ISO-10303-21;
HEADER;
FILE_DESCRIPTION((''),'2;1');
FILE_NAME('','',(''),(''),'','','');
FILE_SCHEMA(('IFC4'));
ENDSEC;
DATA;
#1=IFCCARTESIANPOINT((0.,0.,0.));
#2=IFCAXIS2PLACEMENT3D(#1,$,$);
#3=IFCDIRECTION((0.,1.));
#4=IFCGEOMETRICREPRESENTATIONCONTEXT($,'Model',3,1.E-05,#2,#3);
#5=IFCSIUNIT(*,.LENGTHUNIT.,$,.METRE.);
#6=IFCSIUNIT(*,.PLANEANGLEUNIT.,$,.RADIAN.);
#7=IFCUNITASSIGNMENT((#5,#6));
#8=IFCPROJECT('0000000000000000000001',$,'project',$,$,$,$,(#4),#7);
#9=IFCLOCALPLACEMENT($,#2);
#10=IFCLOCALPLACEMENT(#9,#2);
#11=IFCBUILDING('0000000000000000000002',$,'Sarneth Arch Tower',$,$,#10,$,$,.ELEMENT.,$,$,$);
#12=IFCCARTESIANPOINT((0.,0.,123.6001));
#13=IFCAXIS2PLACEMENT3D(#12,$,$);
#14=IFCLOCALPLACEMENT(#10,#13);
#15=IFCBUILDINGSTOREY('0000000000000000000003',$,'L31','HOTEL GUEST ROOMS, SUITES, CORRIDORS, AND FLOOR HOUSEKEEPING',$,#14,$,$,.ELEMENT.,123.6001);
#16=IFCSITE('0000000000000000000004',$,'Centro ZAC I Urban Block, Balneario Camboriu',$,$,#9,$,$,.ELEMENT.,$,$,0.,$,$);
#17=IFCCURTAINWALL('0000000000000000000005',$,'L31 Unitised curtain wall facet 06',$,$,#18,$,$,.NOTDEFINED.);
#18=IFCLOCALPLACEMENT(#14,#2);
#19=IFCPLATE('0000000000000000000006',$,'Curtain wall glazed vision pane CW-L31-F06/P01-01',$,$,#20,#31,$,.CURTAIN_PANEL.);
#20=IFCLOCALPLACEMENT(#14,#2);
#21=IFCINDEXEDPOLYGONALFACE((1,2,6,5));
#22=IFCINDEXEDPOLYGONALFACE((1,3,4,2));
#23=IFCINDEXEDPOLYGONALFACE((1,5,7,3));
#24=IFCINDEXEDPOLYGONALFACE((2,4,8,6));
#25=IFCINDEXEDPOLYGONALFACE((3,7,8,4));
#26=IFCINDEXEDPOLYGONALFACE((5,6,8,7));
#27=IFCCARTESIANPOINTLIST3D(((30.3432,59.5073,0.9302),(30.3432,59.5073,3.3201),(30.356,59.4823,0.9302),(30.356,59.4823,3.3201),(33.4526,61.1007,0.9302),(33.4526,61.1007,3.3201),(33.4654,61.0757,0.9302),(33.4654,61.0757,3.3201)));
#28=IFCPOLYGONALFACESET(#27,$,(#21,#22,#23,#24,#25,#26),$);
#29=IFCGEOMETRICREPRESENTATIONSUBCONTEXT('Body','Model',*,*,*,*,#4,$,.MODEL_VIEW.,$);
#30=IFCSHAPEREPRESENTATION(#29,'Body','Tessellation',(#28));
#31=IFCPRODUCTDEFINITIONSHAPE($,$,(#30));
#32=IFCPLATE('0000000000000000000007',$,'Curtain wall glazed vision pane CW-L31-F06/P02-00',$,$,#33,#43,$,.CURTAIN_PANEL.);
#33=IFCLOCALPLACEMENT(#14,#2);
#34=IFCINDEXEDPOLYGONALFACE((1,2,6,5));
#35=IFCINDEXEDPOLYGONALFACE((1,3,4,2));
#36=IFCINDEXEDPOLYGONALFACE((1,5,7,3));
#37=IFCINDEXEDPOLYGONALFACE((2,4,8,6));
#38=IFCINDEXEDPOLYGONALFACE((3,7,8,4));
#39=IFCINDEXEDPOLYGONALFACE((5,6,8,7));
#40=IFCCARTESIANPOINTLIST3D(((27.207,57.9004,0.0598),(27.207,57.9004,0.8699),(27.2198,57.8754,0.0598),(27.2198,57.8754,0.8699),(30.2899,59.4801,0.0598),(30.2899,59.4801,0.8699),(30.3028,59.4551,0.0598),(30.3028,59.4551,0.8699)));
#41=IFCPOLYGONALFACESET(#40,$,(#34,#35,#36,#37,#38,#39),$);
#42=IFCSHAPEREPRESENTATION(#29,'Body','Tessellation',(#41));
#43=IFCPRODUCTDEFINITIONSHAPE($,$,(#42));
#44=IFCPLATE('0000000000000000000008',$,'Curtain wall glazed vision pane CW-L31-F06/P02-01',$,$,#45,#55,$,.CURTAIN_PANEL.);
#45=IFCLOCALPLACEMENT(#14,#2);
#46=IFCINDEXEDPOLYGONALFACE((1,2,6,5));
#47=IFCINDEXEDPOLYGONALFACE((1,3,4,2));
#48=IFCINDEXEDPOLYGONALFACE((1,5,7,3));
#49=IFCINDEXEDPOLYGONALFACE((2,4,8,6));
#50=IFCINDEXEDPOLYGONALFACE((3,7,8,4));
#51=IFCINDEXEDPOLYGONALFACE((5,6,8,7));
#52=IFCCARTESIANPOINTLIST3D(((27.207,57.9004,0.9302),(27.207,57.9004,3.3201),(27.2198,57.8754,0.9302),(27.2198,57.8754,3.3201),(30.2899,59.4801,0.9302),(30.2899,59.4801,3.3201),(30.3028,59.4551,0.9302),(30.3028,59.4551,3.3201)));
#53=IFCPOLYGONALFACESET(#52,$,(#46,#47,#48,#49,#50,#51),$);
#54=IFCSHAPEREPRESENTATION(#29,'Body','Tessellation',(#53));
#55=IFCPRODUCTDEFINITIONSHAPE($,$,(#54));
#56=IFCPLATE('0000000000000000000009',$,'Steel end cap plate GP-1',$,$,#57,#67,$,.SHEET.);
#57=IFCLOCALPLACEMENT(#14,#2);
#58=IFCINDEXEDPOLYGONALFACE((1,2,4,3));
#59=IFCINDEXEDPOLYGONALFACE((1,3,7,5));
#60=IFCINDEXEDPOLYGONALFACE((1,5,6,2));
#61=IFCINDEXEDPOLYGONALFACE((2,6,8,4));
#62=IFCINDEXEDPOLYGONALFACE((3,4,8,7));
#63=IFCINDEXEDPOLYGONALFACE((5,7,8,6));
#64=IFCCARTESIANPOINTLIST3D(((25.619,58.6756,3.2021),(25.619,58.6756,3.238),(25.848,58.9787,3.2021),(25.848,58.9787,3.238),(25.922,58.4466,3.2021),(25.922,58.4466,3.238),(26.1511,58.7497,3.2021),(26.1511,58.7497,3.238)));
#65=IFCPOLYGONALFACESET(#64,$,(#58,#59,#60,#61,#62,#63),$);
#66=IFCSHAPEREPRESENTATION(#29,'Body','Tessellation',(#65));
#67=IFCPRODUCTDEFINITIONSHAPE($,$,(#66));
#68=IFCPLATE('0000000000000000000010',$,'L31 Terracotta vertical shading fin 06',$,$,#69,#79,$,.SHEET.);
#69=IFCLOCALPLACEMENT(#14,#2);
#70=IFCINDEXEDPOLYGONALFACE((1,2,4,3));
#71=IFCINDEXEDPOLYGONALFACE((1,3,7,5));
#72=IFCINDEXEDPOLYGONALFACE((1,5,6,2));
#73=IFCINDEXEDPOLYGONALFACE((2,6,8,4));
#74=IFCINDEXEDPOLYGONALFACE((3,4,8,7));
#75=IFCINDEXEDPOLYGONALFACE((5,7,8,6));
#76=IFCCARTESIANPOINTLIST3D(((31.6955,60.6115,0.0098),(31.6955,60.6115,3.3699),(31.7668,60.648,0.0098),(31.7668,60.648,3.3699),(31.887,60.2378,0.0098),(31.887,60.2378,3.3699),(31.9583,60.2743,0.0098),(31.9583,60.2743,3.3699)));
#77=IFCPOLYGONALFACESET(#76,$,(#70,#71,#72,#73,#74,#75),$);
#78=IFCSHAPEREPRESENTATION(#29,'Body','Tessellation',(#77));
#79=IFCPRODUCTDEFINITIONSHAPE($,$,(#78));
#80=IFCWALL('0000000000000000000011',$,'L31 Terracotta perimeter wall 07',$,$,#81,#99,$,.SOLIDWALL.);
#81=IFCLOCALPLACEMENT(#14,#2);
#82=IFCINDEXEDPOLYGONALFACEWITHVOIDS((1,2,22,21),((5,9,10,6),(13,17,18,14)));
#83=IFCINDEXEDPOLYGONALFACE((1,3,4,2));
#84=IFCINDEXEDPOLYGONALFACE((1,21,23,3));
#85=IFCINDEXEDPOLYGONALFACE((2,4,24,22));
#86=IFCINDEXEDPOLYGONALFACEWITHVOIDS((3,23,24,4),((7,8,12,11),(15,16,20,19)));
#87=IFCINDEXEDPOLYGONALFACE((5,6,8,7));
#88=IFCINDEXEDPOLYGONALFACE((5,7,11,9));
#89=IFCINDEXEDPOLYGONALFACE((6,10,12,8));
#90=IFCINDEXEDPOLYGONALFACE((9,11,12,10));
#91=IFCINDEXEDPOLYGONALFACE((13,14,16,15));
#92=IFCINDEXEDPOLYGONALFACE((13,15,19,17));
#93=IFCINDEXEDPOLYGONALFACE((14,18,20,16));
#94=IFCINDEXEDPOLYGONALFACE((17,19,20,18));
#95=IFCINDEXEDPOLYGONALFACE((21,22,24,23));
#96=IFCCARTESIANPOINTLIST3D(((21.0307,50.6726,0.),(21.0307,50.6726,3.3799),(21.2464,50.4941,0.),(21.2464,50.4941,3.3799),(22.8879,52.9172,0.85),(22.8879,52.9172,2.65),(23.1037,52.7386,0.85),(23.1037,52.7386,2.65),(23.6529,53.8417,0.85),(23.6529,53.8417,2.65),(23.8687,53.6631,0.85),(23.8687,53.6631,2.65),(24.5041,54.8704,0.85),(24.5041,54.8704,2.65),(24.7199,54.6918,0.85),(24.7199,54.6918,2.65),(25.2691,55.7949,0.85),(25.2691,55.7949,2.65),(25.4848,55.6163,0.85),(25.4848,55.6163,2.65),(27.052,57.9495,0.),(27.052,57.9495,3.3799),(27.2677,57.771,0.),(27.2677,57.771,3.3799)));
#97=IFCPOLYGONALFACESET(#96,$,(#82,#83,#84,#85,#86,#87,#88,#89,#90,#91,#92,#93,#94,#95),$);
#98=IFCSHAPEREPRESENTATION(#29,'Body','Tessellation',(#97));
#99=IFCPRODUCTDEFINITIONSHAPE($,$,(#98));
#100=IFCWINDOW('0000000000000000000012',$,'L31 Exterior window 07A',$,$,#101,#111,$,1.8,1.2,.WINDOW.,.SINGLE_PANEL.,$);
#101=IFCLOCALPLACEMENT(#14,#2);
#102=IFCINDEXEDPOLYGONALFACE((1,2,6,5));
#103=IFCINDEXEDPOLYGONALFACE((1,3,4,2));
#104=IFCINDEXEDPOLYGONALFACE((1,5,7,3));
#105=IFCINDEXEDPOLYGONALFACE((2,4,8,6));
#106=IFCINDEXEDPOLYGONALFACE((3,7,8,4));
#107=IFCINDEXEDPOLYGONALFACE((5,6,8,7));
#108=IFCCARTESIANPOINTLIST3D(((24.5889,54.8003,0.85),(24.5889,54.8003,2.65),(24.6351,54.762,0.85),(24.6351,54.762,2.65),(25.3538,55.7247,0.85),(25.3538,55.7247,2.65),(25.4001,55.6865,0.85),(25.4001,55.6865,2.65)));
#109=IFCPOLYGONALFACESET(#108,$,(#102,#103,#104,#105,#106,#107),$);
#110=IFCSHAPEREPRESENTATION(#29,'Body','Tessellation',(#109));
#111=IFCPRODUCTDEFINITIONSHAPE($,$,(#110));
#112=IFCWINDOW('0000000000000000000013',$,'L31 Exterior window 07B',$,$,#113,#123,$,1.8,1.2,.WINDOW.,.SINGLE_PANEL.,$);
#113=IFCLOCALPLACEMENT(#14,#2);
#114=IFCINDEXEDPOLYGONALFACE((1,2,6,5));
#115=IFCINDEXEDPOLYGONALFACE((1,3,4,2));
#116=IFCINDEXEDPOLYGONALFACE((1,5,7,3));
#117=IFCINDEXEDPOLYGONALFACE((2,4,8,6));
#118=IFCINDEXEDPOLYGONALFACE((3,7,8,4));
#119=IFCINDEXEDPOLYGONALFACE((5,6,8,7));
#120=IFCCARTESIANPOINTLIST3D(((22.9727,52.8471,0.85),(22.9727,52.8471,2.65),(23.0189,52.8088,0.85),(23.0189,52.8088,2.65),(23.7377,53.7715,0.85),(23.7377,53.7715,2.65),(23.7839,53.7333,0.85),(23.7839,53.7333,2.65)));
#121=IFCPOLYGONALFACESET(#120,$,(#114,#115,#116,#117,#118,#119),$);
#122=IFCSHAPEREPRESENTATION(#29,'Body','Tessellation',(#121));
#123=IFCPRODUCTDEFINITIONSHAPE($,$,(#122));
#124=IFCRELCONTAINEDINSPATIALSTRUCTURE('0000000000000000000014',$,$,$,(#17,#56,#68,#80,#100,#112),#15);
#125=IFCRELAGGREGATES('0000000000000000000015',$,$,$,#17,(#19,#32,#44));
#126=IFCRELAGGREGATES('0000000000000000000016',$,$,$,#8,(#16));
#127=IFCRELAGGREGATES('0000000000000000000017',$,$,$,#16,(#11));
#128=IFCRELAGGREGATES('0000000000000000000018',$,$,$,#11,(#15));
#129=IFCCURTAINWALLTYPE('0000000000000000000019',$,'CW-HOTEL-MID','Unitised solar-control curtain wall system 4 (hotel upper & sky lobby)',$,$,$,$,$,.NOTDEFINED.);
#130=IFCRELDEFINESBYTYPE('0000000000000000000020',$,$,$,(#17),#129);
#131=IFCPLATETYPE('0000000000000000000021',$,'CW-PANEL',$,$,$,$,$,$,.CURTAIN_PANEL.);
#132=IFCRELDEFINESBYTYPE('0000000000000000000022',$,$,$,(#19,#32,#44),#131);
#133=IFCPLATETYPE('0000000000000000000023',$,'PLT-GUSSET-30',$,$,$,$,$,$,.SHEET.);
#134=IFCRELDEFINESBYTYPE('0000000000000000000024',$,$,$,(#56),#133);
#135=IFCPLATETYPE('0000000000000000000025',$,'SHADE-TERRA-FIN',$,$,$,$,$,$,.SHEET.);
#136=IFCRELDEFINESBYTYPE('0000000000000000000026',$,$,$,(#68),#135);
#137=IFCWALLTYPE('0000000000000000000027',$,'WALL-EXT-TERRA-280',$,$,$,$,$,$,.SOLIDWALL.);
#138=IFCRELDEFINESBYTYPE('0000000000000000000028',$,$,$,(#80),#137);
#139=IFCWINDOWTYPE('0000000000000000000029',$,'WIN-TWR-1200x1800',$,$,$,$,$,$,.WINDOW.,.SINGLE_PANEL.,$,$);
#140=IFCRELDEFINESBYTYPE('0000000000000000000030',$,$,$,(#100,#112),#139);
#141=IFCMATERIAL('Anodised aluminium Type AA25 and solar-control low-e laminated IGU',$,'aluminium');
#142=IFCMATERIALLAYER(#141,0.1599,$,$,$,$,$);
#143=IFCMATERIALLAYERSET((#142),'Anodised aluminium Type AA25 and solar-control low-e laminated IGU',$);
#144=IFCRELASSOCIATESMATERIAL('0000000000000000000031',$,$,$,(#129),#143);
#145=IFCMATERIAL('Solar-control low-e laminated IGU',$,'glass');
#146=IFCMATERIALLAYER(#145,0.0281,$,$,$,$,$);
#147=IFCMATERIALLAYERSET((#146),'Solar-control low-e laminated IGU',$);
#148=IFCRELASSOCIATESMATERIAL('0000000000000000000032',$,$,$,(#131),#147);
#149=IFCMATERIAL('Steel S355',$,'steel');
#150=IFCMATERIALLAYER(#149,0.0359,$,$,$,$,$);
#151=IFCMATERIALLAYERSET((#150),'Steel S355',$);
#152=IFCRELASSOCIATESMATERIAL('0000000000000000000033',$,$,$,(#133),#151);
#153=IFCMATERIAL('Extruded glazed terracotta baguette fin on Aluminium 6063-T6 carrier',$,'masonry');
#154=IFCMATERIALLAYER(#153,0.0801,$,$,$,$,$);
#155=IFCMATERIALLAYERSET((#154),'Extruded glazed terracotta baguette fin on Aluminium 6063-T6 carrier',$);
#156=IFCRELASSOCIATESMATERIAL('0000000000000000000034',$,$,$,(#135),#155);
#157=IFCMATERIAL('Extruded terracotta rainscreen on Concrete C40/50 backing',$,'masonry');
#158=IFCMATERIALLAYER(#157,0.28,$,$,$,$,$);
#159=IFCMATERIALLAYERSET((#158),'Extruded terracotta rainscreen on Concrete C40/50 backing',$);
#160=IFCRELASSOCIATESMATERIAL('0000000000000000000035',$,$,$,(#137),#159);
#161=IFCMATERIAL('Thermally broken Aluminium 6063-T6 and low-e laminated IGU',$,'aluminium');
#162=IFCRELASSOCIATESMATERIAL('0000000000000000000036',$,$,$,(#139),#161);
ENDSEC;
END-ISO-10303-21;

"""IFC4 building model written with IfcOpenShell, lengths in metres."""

from ifc_helpers import new_model, si_unit, direction, frame, frame_2d, origin, origin_2d, place, context, subcontext, project, spatial, rectangle, extrude, material, layer, layer_set, type_object, element, fill, aggregate, save


model = new_model("IFC4")

# Units and contexts
model_context = context("Model", 3, precision=1e-05, world=origin(), true_north=direction((0.0, 1.0)))
body_context = subcontext(model_context, "Body", "Model", "MODEL_VIEW")
ifc_project = project(units=[si_unit("LENGTHUNIT", "METRE"), si_unit("PLANEANGLEUNIT", "RADIAN")], contexts=[model_context])

# Site, building, storey
site_placement = place(None, origin())
site = spatial("IfcSite", under=ifc_project, at=site_placement, Name="Centro ZAC I Urban Block, Balneario Camboriu", CompositionType="ELEMENT", RefElevation=0.0)
building_placement = place(site_placement, origin())
building = spatial("IfcBuilding", under=site, at=building_placement, Name="Sarneth Arch Tower", CompositionType="ELEMENT")
storey_placement = place(building_placement, frame((0.0, 0.0, 123.6001)))
storey = spatial("IfcBuildingStorey", under=building, at=storey_placement, Name="L31", Description="HOTEL GUEST ROOMS, SUITES, CORRIDORS, AND FLOOR HOUSEKEEPING", CompositionType="ELEMENT", Elevation=123.6001)

# Curtain wall
ifc_material_1 = material(Name="Anodised aluminium Type AA25 and solar-control low-e laminated IGU", Category="aluminium")
ifc_layer_1 = layer(ifc_material_1, 0.1599)
ifc_layer_set_1 = layer_set([ifc_layer_1], Name="Anodised aluminium Type AA25 and solar-control low-e laminated IGU")
curtain_wall_type = type_object("IfcCurtainWallType", Name="CW-HOTEL-MID", Description="Unitised solar-control curtain wall system 4 (hotel upper & sky lobby)", PredefinedType="NOTDEFINED", material=ifc_layer_set_1)
curtain_wall_placement = place(storey_placement, origin())
curtain_wall = element("IfcCurtainWall", 1, at=curtain_wall_placement, inside=storey, type_object=curtain_wall_type, Name="L31 Unitised curtain wall facet 06", PredefinedType="NOTDEFINED")

# Plates
ifc_material_2 = material(Name="Solar-control low-e laminated IGU", Category="glass")
ifc_layer_2 = layer(ifc_material_2, 0.0281)
ifc_layer_set_2 = layer_set([ifc_layer_2], Name="Solar-control low-e laminated IGU")
plate_type_1 = type_object("IfcPlateType", Name="CW-PANEL", PredefinedType="CURTAIN_PANEL", material=ifc_layer_set_2)
plate_1_placement = place(storey_placement, frame((31.9043, 60.2915, 0.9302), z_axis=(0.0, 0.0, 1.0), x_axis=(-0.889964, -0.456031, 0.0)))
plate_1 = element("IfcPlate", 2, at=plate_1_placement, type_object=plate_type_1, Name="Curtain wall glazed vision pane CW-L31-F06/P01-01", PredefinedType="CURTAIN_PANEL", context=body_context, shape_type="SweptSolid", body=[
    extrude(rectangle(XDim=3.4939, YDim=0.0281, at=origin_2d()), origin(), (0.0, 0.0, 1.0), 2.3899),
])
plate_2_placement = place(storey_placement, frame((28.7549, 58.6777, 0.0598), z_axis=(0.0, 0.0, 1.0), x_axis=(-0.889964, -0.456031, 0.0)))
plate_2 = element("IfcPlate", 3, at=plate_2_placement, type_object=plate_type_1, Name="Curtain wall glazed vision pane CW-L31-F06/P02-00", PredefinedType="CURTAIN_PANEL", context=body_context, shape_type="SweptSolid", body=[
    extrude(rectangle(XDim=3.4641, YDim=0.0281, at=origin_2d()), origin(), (0.0, 0.0, 1.0), 0.8101),
])
plate_3_placement = place(storey_placement, frame((28.7549, 58.6777, 0.9302), z_axis=(0.0, 0.0, 1.0), x_axis=(-0.889964, -0.456031, 0.0)))
plate_3 = element("IfcPlate", 4, at=plate_3_placement, type_object=plate_type_1, Name="Curtain wall glazed vision pane CW-L31-F06/P02-01", PredefinedType="CURTAIN_PANEL", context=body_context, shape_type="SweptSolid", body=[
    extrude(rectangle(XDim=3.4641, YDim=0.0281, at=origin_2d()), origin(), (0.0, 0.0, 1.0), 2.3899),
])
aggregate(curtain_wall, [plate_1, plate_2, plate_3])

# Plates
ifc_material_3 = material(Name="Steel S355", Category="steel")
ifc_layer_3 = layer(ifc_material_3, 0.0359)
ifc_layer_set_3 = layer_set([ifc_layer_3], Name="Steel S355")
plate_type_2 = type_object("IfcPlateType", Name="PLT-GUSSET-30", PredefinedType="SHEET", material=ifc_layer_set_3)
plate_4_placement = place(storey_placement, frame((25.885, 58.7126, 3.2021), z_axis=(0.0, 0.0, 1.0), x_axis=(-0.797794, 0.60293, 0.0)))
element("IfcPlate", 5, at=plate_4_placement, inside=storey, type_object=plate_type_2, Name="Steel end cap plate GP-1", PredefinedType="SHEET", context=body_context, shape_type="SweptSolid", body=[
    extrude(rectangle(XDim=0.3799, YDim=0.3799, at=origin_2d()), origin(), (0.0, 0.0, 1.0), 0.0359),
])
ifc_material_4 = material(Name="Extruded glazed terracotta baguette fin on Aluminium 6063-T6 carrier", Category="masonry")
ifc_layer_4 = layer(ifc_material_4, 0.0801)
ifc_layer_set_4 = layer_set([ifc_layer_4], Name="Extruded glazed terracotta baguette fin on Aluminium 6063-T6 carrier")
plate_type_3 = type_object("IfcPlateType", Name="SHADE-TERRA-FIN", PredefinedType="SHEET", material=ifc_layer_set_4)
plate_5_placement = place(storey_placement, frame((31.8269, 60.4429, 0.0098), z_axis=(0.0, 0.0, 1.0), x_axis=(-0.456011, 0.889974, 0.0)))
element("IfcPlate", 6, at=plate_5_placement, inside=storey, type_object=plate_type_3, Name="L31 Terracotta vertical shading fin 06", PredefinedType="SHEET", context=body_context, shape_type="SweptSolid", body=[
    extrude(rectangle(XDim=0.4199, YDim=0.0801, at=origin_2d()), origin(), (0.0, 0.0, 1.0), 3.3601),
])

# Wall, openings, windows
ifc_material_5 = material(Name="Extruded terracotta rainscreen on Concrete C40/50 backing", Category="masonry")
ifc_layer_5 = layer(ifc_material_5, 0.28)
ifc_layer_set_5 = layer_set([ifc_layer_5], Name="Extruded terracotta rainscreen on Concrete C40/50 backing")
wall_type = type_object("IfcWallType", Name="WALL-EXT-TERRA-280", PredefinedType="SOLIDWALL", material=ifc_layer_set_5)
wall_placement = place(storey_placement, frame((27.1599, 57.8604, 0.0), z_axis=(0.0, 0.0, 1.0), x_axis=(-0.637506, -0.770446, 0.0)))
wall = element("IfcWall", 7, at=wall_placement, inside=storey, type_object=wall_type, Name="L31 Terracotta perimeter wall 07", PredefinedType="SOLIDWALL", context=body_context, shape_type="SweptSolid", body=[
    extrude(rectangle(XDim=9.4451, YDim=0.28, at=frame_2d((4.7227, 0.0))), origin(), (0.0, 0.0, 1.0), 3.3799),
])
opening_1_placement = place(wall_placement, frame((2.7966, 0.0, 0.8501)))
opening_1 = element("IfcOpeningElement", 8, at=opening_1_placement, cuts=wall, PredefinedType="OPENING", context=body_context, shape_type="SweptSolid", body=[
    extrude(rectangle(XDim=1.2, YDim=1.8, at=frame_2d((0.6001, 0.8999))), frame((0.0, 0.1499, 0.0), z_axis=(0.0, -1.0, 0.0), x_axis=(1.0, 0.0, 0.0)), (0.0, 0.0, 1.0), 0.3),
])
opening_2_placement = place(wall_placement, frame((5.3318, 0.0, 0.8501)))
opening_2 = element("IfcOpeningElement", 9, at=opening_2_placement, cuts=wall, PredefinedType="OPENING", context=body_context, shape_type="SweptSolid", body=[
    extrude(rectangle(XDim=1.2, YDim=1.8, at=frame_2d((0.6001, 0.8999))), frame((0.0, 0.1499, 0.0), z_axis=(0.0, -1.0, 0.0), x_axis=(1.0, 0.0, 0.0)), (0.0, 0.0, 1.0), 0.3),
])
ifc_material_6 = material(Name="Thermally broken Aluminium 6063-T6 and low-e laminated IGU", Category="aluminium")
window_type = type_object("IfcWindowType", Name="WIN-TWR-1200x1800", PartitioningType="SINGLE_PANEL", PredefinedType="WINDOW", material=ifc_material_6)
window_1_placement = place(opening_1_placement, origin())
window_1 = element("IfcWindow", 10, at=window_1_placement, inside=storey, type_object=window_type, Name="L31 Exterior window 07A", OverallHeight=1.8, OverallWidth=1.2, PartitioningType="SINGLE_PANEL", PredefinedType="WINDOW", context=body_context, shape_type="SweptSolid", body=[
    extrude(rectangle(XDim=1.2, YDim=1.8, at=frame_2d((0.6001, 0.8999))), frame((0.0, 0.03, 0.0), z_axis=(0.0, -1.0, 0.0), x_axis=(1.0, 0.0, 0.0)), (0.0, 0.0, 1.0), 0.0601),
])
fill(opening_1, window_1)
window_2_placement = place(opening_2_placement, origin())
window_2 = element("IfcWindow", 11, at=window_2_placement, inside=storey, type_object=window_type, Name="L31 Exterior window 07B", OverallHeight=1.8, OverallWidth=1.2, PartitioningType="SINGLE_PANEL", PredefinedType="WINDOW", context=body_context, shape_type="SweptSolid", body=[
    extrude(rectangle(XDim=1.2, YDim=1.8, at=frame_2d((0.6001, 0.8999))), frame((0.0, 0.03, 0.0), z_axis=(0.0, -1.0, 0.0), x_axis=(1.0, 0.0, 0.0)), (0.0, 0.0, 1.0), 0.0601),
])
fill(opening_2, window_2)

save(model, "model.ifc")
